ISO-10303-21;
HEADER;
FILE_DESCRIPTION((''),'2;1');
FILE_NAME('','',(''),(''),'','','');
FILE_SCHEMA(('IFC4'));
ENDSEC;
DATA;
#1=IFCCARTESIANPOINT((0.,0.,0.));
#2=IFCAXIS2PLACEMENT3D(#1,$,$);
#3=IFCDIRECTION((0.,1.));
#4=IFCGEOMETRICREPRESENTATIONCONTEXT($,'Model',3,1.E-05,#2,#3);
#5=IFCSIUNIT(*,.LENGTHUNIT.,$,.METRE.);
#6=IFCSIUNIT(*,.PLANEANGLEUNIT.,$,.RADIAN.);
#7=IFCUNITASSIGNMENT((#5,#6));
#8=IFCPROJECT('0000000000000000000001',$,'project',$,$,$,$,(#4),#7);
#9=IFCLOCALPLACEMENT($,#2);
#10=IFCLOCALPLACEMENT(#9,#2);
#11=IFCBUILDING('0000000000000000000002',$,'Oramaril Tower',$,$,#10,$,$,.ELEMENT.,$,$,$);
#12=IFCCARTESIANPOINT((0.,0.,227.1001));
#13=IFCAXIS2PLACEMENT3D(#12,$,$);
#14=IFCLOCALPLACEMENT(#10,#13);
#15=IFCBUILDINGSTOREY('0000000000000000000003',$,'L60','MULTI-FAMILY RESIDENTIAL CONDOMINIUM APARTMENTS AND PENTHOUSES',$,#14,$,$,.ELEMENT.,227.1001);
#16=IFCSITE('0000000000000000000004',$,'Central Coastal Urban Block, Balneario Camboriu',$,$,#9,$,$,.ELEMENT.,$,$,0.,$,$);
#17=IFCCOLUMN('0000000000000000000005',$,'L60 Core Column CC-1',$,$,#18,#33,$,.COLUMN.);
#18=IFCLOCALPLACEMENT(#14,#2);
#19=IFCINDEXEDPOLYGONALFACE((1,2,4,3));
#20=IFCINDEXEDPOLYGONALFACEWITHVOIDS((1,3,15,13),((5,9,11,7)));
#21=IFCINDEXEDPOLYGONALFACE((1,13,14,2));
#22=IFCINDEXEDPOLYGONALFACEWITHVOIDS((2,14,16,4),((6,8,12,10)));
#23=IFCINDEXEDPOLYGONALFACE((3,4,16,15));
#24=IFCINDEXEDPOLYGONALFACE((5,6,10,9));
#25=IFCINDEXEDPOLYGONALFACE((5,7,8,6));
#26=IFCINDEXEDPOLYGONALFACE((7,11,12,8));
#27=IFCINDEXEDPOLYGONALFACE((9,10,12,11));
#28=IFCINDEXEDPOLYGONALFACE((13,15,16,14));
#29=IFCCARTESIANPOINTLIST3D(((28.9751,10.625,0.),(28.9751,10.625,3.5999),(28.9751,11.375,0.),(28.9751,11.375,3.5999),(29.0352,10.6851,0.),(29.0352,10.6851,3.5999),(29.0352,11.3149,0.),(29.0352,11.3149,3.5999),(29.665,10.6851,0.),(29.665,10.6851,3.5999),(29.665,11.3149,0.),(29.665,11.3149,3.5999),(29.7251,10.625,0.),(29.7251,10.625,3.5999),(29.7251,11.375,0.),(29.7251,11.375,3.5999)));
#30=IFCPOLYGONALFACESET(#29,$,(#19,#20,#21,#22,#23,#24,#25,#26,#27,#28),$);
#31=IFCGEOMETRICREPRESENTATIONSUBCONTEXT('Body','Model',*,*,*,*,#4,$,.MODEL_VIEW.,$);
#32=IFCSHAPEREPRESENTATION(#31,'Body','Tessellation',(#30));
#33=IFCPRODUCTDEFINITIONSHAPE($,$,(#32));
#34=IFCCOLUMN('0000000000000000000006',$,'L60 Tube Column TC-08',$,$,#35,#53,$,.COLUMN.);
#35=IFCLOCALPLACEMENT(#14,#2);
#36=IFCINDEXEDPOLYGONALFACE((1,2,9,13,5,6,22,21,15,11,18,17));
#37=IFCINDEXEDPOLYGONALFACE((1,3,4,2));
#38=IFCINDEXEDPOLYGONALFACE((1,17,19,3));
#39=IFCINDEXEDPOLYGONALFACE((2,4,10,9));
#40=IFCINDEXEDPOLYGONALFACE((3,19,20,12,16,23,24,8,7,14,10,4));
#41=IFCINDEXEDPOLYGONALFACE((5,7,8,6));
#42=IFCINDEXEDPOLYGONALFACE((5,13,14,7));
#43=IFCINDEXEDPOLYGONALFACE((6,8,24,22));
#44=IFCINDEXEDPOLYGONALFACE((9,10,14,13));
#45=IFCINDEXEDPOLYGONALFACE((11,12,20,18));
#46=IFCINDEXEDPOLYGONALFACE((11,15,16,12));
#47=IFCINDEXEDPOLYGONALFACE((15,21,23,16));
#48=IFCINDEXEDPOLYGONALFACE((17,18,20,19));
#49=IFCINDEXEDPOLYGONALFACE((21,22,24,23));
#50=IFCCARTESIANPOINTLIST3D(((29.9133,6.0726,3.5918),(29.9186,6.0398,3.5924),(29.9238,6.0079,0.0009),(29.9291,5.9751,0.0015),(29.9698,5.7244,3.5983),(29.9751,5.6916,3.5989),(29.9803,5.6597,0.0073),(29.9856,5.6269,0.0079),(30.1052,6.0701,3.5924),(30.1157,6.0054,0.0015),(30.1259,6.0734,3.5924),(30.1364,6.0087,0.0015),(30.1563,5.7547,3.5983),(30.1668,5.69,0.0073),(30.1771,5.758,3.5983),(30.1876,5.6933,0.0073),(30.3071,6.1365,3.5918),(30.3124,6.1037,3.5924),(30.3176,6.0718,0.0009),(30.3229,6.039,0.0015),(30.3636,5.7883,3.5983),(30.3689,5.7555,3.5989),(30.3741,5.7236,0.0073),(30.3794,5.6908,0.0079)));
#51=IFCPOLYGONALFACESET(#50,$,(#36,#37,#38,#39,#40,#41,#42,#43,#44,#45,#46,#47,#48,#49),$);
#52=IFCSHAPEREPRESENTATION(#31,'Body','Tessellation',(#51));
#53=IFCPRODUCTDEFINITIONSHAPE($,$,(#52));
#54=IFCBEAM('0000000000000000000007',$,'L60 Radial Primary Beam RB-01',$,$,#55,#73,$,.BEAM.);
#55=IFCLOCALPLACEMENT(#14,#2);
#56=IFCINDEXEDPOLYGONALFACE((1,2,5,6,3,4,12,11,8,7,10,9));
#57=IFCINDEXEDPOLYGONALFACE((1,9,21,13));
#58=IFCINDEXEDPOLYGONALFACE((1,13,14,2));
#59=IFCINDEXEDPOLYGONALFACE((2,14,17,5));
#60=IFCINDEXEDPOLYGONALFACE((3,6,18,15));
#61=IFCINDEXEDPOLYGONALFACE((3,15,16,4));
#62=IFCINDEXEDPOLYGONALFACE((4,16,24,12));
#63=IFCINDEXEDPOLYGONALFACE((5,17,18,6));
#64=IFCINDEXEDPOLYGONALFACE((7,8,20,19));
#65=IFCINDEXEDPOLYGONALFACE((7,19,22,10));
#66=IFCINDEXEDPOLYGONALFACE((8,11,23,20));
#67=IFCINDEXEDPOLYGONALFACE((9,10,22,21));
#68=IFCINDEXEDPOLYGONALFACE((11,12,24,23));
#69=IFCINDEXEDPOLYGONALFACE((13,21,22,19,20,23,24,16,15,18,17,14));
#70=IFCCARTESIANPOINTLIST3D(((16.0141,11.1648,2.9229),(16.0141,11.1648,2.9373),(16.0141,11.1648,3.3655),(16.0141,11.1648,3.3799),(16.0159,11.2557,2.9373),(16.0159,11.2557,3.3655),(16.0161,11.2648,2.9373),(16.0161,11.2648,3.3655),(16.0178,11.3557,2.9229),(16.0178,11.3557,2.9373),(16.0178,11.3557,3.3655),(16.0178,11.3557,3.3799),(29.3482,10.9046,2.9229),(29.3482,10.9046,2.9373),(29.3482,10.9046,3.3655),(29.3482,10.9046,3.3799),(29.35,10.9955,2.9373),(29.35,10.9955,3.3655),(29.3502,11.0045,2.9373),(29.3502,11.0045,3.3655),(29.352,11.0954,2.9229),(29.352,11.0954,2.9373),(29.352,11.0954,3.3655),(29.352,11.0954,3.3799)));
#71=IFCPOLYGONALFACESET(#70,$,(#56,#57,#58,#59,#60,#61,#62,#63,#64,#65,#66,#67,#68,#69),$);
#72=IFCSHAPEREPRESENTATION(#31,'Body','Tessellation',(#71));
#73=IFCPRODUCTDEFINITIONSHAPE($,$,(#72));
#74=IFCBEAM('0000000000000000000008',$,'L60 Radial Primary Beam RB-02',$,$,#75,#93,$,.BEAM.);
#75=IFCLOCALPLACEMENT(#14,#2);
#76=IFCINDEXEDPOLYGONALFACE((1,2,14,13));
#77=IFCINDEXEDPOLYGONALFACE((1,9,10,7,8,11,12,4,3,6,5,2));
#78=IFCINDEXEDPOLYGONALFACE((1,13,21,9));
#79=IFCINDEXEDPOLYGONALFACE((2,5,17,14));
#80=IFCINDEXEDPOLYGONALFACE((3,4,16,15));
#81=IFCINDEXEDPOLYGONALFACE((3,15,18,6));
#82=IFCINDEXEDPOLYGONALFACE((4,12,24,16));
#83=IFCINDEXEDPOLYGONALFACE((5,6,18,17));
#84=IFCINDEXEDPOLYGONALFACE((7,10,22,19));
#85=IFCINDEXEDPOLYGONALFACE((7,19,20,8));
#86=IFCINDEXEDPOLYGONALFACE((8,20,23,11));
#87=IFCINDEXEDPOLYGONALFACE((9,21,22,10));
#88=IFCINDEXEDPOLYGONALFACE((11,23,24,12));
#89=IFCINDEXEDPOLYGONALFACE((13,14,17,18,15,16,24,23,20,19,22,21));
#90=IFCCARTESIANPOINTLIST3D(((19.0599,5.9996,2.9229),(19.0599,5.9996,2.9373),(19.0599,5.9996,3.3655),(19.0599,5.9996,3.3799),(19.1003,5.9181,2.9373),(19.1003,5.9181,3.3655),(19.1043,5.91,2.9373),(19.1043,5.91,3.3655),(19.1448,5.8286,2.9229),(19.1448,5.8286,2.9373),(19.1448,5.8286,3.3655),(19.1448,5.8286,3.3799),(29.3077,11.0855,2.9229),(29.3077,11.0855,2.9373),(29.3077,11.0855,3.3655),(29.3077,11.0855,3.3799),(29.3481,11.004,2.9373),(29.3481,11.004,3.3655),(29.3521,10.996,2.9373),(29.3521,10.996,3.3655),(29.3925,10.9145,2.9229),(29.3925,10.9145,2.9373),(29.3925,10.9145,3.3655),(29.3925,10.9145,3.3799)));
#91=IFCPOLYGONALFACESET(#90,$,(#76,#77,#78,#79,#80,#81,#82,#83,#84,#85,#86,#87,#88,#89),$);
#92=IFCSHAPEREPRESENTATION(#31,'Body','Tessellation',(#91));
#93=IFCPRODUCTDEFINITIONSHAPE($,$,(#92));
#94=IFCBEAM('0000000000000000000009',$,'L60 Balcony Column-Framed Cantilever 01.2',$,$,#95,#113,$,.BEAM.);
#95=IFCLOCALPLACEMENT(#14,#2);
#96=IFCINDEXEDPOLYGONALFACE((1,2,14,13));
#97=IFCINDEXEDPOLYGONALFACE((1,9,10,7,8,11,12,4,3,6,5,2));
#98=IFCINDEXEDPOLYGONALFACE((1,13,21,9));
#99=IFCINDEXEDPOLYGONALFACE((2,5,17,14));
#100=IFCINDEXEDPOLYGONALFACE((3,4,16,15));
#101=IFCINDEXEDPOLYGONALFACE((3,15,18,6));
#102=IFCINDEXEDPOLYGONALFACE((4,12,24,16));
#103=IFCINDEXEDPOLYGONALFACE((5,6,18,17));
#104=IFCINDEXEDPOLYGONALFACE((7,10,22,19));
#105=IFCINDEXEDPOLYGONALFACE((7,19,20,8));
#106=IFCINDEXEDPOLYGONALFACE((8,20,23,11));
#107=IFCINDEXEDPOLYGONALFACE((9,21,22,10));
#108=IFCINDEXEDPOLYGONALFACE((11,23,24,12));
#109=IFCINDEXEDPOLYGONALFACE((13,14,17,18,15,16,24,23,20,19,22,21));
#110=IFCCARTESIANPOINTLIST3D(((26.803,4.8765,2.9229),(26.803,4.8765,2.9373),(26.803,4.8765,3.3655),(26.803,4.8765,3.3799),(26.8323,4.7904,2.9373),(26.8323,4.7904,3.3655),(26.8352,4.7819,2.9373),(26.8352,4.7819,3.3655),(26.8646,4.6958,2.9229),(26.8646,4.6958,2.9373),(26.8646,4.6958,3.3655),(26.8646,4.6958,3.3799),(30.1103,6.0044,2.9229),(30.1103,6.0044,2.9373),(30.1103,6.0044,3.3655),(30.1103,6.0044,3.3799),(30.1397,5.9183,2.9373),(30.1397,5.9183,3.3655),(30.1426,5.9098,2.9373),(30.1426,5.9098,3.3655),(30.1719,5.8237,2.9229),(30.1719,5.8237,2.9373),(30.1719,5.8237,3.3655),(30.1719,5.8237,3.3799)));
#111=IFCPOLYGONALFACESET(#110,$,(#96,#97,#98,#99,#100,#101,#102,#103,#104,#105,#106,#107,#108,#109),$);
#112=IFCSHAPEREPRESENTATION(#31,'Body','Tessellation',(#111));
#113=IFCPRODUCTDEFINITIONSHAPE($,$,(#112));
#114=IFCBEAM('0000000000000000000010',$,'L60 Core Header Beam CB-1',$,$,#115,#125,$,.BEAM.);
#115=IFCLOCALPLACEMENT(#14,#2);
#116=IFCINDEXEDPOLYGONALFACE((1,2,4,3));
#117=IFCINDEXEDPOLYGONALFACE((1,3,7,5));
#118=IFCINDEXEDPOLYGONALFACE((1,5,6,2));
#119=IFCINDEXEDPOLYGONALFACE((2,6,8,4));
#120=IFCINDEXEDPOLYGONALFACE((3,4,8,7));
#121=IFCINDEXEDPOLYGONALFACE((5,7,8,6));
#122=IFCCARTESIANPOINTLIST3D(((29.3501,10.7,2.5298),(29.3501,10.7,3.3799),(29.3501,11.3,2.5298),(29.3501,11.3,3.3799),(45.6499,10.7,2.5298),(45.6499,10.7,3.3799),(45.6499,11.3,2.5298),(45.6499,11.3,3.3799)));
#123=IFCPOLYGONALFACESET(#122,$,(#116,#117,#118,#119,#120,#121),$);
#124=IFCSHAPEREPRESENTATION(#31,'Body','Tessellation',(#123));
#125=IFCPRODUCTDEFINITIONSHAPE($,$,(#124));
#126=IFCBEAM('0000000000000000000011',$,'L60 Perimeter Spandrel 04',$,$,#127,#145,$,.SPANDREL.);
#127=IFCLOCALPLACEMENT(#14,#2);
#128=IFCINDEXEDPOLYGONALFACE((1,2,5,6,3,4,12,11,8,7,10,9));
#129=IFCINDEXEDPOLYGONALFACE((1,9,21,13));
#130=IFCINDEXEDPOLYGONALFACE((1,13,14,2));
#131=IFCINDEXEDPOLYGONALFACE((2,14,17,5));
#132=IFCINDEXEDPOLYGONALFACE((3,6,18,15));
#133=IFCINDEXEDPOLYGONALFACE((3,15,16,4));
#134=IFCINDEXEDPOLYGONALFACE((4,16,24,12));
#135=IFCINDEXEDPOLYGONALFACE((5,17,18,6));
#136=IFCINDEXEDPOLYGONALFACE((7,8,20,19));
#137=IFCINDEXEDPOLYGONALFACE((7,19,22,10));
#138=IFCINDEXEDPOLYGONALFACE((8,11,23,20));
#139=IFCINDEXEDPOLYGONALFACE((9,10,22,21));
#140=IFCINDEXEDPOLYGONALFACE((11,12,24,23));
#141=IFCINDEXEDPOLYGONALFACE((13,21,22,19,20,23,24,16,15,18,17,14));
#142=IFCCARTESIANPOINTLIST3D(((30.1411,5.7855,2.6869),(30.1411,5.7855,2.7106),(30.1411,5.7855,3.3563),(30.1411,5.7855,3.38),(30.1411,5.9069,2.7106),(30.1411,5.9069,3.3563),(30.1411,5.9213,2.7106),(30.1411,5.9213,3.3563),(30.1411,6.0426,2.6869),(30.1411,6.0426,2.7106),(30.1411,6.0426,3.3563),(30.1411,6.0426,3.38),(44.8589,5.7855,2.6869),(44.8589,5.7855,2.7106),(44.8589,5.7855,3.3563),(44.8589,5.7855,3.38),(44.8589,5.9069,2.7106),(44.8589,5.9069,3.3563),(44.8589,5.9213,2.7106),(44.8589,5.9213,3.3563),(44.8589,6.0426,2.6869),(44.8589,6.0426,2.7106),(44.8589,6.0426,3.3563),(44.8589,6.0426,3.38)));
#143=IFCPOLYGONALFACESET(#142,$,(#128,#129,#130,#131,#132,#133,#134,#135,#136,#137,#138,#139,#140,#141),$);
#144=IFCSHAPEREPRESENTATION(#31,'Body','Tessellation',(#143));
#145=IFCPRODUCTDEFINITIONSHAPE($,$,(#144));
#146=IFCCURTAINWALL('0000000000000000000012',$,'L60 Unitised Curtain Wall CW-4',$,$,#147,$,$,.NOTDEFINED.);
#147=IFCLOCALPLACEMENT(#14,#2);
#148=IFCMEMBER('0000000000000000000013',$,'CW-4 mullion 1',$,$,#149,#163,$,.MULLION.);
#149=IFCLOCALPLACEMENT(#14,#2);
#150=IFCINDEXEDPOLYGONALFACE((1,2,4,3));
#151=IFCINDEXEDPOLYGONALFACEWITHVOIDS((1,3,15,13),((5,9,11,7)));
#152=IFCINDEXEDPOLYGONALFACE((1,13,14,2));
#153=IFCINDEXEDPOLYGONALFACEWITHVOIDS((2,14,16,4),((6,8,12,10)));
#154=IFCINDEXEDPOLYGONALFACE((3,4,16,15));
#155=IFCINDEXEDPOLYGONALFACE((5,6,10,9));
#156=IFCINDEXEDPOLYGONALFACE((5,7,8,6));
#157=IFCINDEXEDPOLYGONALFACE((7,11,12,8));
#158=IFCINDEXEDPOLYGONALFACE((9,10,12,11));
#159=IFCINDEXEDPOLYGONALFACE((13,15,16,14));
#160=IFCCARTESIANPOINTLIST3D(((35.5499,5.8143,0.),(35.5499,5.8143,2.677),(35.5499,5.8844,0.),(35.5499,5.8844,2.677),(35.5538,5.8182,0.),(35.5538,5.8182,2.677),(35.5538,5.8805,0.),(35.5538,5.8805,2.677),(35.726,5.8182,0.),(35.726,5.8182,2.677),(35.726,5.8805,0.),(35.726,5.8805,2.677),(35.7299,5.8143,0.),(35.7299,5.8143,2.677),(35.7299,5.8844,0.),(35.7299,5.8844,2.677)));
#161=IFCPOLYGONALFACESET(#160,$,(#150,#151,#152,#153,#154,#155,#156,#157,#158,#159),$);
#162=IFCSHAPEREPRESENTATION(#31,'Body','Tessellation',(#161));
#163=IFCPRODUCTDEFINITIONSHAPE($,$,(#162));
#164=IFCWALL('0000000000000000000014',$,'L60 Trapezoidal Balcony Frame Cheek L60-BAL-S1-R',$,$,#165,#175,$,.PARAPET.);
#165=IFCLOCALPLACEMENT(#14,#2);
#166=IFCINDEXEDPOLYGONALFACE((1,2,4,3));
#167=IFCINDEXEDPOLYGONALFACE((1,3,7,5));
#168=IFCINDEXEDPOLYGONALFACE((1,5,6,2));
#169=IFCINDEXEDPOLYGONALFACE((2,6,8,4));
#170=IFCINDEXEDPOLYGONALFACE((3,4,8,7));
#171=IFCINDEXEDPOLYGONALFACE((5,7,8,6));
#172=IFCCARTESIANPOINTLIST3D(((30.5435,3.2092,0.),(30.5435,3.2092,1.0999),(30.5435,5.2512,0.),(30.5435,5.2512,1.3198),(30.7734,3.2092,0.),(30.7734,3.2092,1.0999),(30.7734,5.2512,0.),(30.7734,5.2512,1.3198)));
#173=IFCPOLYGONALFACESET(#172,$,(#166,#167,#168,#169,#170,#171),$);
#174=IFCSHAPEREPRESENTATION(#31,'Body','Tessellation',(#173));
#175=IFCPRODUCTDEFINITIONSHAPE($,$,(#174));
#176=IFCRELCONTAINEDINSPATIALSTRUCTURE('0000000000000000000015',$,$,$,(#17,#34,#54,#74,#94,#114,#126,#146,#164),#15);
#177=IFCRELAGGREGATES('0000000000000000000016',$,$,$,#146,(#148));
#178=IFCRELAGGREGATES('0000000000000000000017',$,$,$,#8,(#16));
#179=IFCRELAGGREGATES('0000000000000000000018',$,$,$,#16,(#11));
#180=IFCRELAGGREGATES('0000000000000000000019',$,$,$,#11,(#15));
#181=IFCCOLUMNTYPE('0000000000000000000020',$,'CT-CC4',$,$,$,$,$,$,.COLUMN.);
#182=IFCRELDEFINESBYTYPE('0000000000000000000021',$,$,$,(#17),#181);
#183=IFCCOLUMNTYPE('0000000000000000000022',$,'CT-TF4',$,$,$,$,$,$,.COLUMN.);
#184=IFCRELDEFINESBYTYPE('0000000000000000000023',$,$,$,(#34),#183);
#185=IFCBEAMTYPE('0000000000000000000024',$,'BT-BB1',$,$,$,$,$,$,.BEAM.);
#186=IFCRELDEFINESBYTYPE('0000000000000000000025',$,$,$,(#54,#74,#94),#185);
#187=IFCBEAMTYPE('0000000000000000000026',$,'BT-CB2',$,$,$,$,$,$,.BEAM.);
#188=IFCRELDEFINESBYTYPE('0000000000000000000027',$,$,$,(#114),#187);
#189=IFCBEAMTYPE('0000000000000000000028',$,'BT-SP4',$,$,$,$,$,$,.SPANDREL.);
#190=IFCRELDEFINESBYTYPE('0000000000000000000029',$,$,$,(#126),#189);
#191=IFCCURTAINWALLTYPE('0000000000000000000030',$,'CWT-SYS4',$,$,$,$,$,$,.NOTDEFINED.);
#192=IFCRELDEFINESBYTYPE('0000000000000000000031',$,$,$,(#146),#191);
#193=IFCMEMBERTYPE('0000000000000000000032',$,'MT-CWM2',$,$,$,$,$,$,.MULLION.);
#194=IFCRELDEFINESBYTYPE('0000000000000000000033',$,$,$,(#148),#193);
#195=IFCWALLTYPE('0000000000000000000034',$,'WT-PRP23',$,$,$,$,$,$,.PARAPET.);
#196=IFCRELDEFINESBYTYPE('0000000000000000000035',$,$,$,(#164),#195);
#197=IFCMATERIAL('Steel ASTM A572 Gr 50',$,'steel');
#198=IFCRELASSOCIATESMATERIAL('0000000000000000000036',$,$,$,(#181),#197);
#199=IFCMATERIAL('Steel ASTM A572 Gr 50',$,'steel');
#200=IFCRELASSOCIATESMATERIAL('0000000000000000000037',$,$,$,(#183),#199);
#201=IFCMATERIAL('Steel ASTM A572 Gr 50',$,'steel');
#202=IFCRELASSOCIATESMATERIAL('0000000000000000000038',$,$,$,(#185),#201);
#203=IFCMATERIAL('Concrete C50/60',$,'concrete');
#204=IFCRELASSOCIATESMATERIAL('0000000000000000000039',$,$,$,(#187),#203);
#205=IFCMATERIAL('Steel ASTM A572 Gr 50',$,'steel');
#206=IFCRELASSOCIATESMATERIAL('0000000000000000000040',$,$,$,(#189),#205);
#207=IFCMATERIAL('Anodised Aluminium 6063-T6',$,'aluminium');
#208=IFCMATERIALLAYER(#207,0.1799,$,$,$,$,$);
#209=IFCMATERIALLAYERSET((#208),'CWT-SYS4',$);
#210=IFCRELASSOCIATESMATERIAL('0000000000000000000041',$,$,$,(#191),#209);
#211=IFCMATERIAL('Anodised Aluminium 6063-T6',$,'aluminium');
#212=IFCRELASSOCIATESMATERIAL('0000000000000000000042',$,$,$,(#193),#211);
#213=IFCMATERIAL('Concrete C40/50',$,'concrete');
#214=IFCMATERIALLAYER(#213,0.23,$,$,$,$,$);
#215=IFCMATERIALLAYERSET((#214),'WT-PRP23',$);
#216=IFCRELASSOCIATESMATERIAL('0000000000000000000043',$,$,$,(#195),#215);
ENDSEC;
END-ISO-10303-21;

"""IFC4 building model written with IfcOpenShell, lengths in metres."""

from ifc_helpers import new_model, si_unit, direction, frame, origin, origin_2d, place, context, subcontext, project, spatial, polyline, rectangle, hollow_rectangle, i_section, outline, extrude, material, layer, layer_set, material_profile, profile_set, type_object, element, aggregate, save


model = new_model("IFC4")

# Units and contexts
model_context = context("Model", 3, precision=1e-05, world=origin(), true_north=direction((0.0, 1.0)))
body_context = subcontext(model_context, "Body", "Model", "MODEL_VIEW")
ifc_project = project(units=[si_unit("LENGTHUNIT", "METRE"), si_unit("PLANEANGLEUNIT", "RADIAN")], contexts=[model_context])

# Site, building, storey
site_placement = place(None, origin())
site = spatial("IfcSite", under=ifc_project, at=site_placement, Name="Central Coastal Urban Block, Balneario Camboriu", CompositionType="ELEMENT", RefElevation=0.0)
building_placement = place(site_placement, origin())
building = spatial("IfcBuilding", under=site, at=building_placement, Name="Oramaril Tower", CompositionType="ELEMENT")
storey_placement = place(building_placement, frame((0.0, 0.0, 227.1001)))
storey = spatial("IfcBuildingStorey", under=building, at=storey_placement, Name="L60", Description="MULTI-FAMILY RESIDENTIAL CONDOMINIUM APARTMENTS AND PENTHOUSES", CompositionType="ELEMENT", Elevation=227.1001)

# Columns
ifc_material_1 = material(Name="Steel ASTM A572 Gr 50", Category="steel")
ifc_material_profile_1 = material_profile(ifc_material_1, hollow_rectangle(XDim=0.75, YDim=0.75, WallThickness=0.0601, at=origin_2d()), Name="BOX750X750X60")
ifc_profile_set_1 = profile_set([ifc_material_profile_1], Name="Steel ASTM A572 Gr 50")
column_type_1 = type_object("IfcColumnType", Name="CT-CC4", PredefinedType="COLUMN", material=ifc_profile_set_1)
column_1_placement = place(storey_placement, frame((29.3501, 11.0, 0.0), z_axis=(0.0, 0.0, 1.0), x_axis=(1.0, 0.0, 0.0)))
element("IfcColumn", 1, at=column_1_placement, inside=storey, type_object=column_type_1, Name="L60 Core Column CC-1", PredefinedType="COLUMN", context=body_context, shape_type="SweptSolid", body=[
    extrude(hollow_rectangle(XDim=0.75, YDim=0.75, WallThickness=0.0601, at=origin_2d()), origin(), (0.0, 0.0, 1.0), 3.5999),
])
ifc_material_2 = material(Name="Steel ASTM A572 Gr 50", Category="steel")
ifc_material_profile_2 = material_profile(ifc_material_2, i_section(OverallWidth=0.3989, OverallDepth=0.386, WebThickness=0.021, FlangeThickness=0.0332, at=origin_2d()), Name="W14X176")
ifc_profile_set_2 = profile_set([ifc_material_profile_2], Name="Steel ASTM A572 Gr 50")
column_type_2 = type_object("IfcColumnType", Name="CT-TF4", PredefinedType="COLUMN", material=ifc_profile_set_2)
column_2_placement = place(storey_placement, frame((30.1516, 5.8494, 0.0044), z_axis=(-0.002923, 0.018013, 0.999833), x_axis=(-0.98709, -0.160169, 0.0)))
element("IfcColumn", 2, at=column_2_placement, inside=storey, type_object=column_type_2, Name="L60 Tube Column TC-08", PredefinedType="COLUMN", context=body_context, shape_type="SweptSolid", body=[
    extrude(i_section(OverallWidth=0.3989, OverallDepth=0.386, WebThickness=0.021, FlangeThickness=0.0332, at=origin_2d()), origin(), (0.0, 0.0, 1.0), 3.5916),
])

# Beams
ifc_material_3 = material(Name="Steel ASTM A572 Gr 50", Category="steel")
ifc_material_profile_3 = material_profile(ifc_material_3, i_section(OverallWidth=0.1909, OverallDepth=0.457, WebThickness=0.009, FlangeThickness=0.0144, at=origin_2d()), Name="W18X50")
ifc_profile_set_3 = profile_set([ifc_material_profile_3], Name="Steel ASTM A572 Gr 50")
beam_type_1 = type_object("IfcBeamType", Name="BT-BB1", PredefinedType="BEAM", material=ifc_profile_set_3)
beam_1_placement = place(storey_placement, frame((29.3501, 11.0, 3.1514), z_axis=(-0.99981, 0.019514, 0.0), x_axis=(-0.019514, -0.99981, 0.0)))
element("IfcBeam", 3, at=beam_1_placement, inside=storey, type_object=beam_type_1, Name="L60 Radial Primary Beam RB-01", PredefinedType="BEAM", context=body_context, shape_type="SweptSolid", body=[
    extrude(i_section(OverallWidth=0.1909, OverallDepth=0.457, WebThickness=0.009, FlangeThickness=0.0144, at=origin_2d()), origin(), (0.0, 0.0, 1.0), 13.3367),
])
beam_2_placement = place(storey_placement, frame((29.3501, 11.0, 3.1514), z_axis=(-0.895751, -0.444557, 0.0), x_axis=(0.444557, -0.895751, 0.0)))
element("IfcBeam", 4, at=beam_2_placement, inside=storey, type_object=beam_type_1, Name="L60 Radial Primary Beam RB-02", PredefinedType="BEAM", context=body_context, shape_type="SweptSolid", body=[
    extrude(i_section(OverallWidth=0.1909, OverallDepth=0.457, WebThickness=0.009, FlangeThickness=0.0144, at=origin_2d()), origin(), (0.0, 0.0, 1.0), 11.4404),
])
beam_3_placement = place(storey_placement, frame((30.1411, 5.9141, 3.1514), z_axis=(-0.946474, -0.322781, 0.0), x_axis=(0.322781, -0.946474, 0.0)))
element("IfcBeam", 5, at=beam_3_placement, inside=storey, type_object=beam_type_1, Name="L60 Balcony Column-Framed Cantilever 01.2", PredefinedType="BEAM", context=body_context, shape_type="SweptSolid", body=[
    extrude(i_section(OverallWidth=0.1909, OverallDepth=0.457, WebThickness=0.009, FlangeThickness=0.0144, at=origin_2d()), origin(), (0.0, 0.0, 1.0), 3.4944),
])
ifc_material_4 = material(Name="Concrete C50/60", Category="concrete")
ifc_material_profile_4 = material_profile(ifc_material_4, rectangle(XDim=0.6001, YDim=0.8501, at=origin_2d()), Name="CB600X850")
ifc_profile_set_4 = profile_set([ifc_material_profile_4], Name="Concrete C50/60")
beam_type_2 = type_object("IfcBeamType", Name="BT-CB2", PredefinedType="BEAM", material=ifc_profile_set_4)
beam_4_placement = place(storey_placement, frame((29.3501, 11.0, 2.9548), z_axis=(1.0, 0.0, 0.0), x_axis=(0.0, 1.0, 0.0)))
element("IfcBeam", 6, at=beam_4_placement, inside=storey, type_object=beam_type_2, Name="L60 Core Header Beam CB-1", PredefinedType="BEAM", context=body_context, shape_type="SweptSolid", body=[
    extrude(rectangle(XDim=0.6001, YDim=0.8501, at=origin_2d()), origin(), (0.0, 0.0, 1.0), 16.2998),
])
ifc_material_5 = material(Name="Steel ASTM A572 Gr 50", Category="steel")
ifc_material_profile_5 = material_profile(ifc_material_5, i_section(OverallWidth=0.2571, OverallDepth=0.6931, WebThickness=0.0144, FlangeThickness=0.0237, at=origin_2d()), Name="W27X114")
ifc_profile_set_5 = profile_set([ifc_material_profile_5], Name="Steel ASTM A572 Gr 50")
beam_type_3 = type_object("IfcBeamType", Name="BT-SP4", PredefinedType="SPANDREL", material=ifc_profile_set_5)
beam_5_placement = place(storey_placement, frame((30.1411, 5.9141, 3.0334), z_axis=(1.0, 0.0, 0.0), x_axis=(0.0, 1.0, 0.0)))
element("IfcBeam", 7, at=beam_5_placement, inside=storey, type_object=beam_type_3, Name="L60 Perimeter Spandrel 04", PredefinedType="SPANDREL", context=body_context, shape_type="SweptSolid", body=[
    extrude(i_section(OverallWidth=0.2571, OverallDepth=0.6931, WebThickness=0.0144, FlangeThickness=0.0237, at=origin_2d()), origin(), (0.0, 0.0, 1.0), 14.7178),
])

# Curtain wall, member
ifc_material_6 = material(Name="Anodised Aluminium 6063-T6", Category="aluminium")
ifc_layer_1 = layer(ifc_material_6, 0.1799)
ifc_layer_set_1 = layer_set([ifc_layer_1], Name="CWT-SYS4")
curtain_wall_type = type_object("IfcCurtainWallType", Name="CWT-SYS4", PredefinedType="NOTDEFINED", material=ifc_layer_set_1)
curtain_wall_placement = place(storey_placement, origin())
curtain_wall = element("IfcCurtainWall", 8, at=curtain_wall_placement, inside=storey, type_object=curtain_wall_type, Name="L60 Unitised Curtain Wall CW-4", PredefinedType="NOTDEFINED")
ifc_material_7 = material(Name="Anodised Aluminium 6063-T6", Category="aluminium")
ifc_material_profile_6 = material_profile(ifc_material_7, hollow_rectangle(XDim=0.0701, YDim=0.1799, WallThickness=0.0039, at=origin_2d()), Name="CWM180X70")
ifc_profile_set_6 = profile_set([ifc_material_profile_6], Name="Anodised Aluminium 6063-T6")
member_type = type_object("IfcMemberType", Name="MT-CWM2", PredefinedType="MULLION", material=ifc_profile_set_6)
member_placement = place(storey_placement, frame((35.6399, 5.8494, 0.0), z_axis=(0.0, 0.0, 1.0), x_axis=(0.0, 1.0, 0.0)))
member = element("IfcMember", 9, at=member_placement, type_object=member_type, Name="CW-4 mullion 1", PredefinedType="MULLION", context=body_context, shape_type="SweptSolid", body=[
    extrude(hollow_rectangle(XDim=0.0701, YDim=0.1799, WallThickness=0.0039, at=origin_2d()), origin(), (0.0, 0.0, 1.0), 2.677),
])
aggregate(curtain_wall, [member])

# Wall
ifc_material_8 = material(Name="Concrete C40/50", Category="concrete")
ifc_layer_2 = layer(ifc_material_8, 0.23)
ifc_layer_set_2 = layer_set([ifc_layer_2], Name="WT-PRP23")
wall_type_1 = type_object("IfcWallType", Name="WT-PRP23", PredefinedType="PARAPET", material=ifc_layer_set_2)
wall_1_placement = place(storey_placement, frame((30.6584, 5.2512, 0.0), z_axis=(0.0, 0.0, 1.0), x_axis=(0.0, -1.0, 0.0)))
element("IfcWall", 10, at=wall_1_placement, inside=storey, type_object=wall_type_1, Name="L60 Trapezoidal Balcony Frame Cheek L60-BAL-S1-R", PredefinedType="PARAPET", context=body_context, shape_type="SweptSolid", body=[
    extrude(outline(polyline([(0.0, 0.0), (2.042, 0.0), (2.042, 1.0999), (0.0, 1.3198), (0.0, 0.0)])), frame((0.0, 0.115, 0.0), z_axis=(0.0, -1.0, 0.0), x_axis=(1.0, 0.0, 0.0)), (0.0, 0.0, 1.0), 0.23),
])

save(model, "model.ifc")
